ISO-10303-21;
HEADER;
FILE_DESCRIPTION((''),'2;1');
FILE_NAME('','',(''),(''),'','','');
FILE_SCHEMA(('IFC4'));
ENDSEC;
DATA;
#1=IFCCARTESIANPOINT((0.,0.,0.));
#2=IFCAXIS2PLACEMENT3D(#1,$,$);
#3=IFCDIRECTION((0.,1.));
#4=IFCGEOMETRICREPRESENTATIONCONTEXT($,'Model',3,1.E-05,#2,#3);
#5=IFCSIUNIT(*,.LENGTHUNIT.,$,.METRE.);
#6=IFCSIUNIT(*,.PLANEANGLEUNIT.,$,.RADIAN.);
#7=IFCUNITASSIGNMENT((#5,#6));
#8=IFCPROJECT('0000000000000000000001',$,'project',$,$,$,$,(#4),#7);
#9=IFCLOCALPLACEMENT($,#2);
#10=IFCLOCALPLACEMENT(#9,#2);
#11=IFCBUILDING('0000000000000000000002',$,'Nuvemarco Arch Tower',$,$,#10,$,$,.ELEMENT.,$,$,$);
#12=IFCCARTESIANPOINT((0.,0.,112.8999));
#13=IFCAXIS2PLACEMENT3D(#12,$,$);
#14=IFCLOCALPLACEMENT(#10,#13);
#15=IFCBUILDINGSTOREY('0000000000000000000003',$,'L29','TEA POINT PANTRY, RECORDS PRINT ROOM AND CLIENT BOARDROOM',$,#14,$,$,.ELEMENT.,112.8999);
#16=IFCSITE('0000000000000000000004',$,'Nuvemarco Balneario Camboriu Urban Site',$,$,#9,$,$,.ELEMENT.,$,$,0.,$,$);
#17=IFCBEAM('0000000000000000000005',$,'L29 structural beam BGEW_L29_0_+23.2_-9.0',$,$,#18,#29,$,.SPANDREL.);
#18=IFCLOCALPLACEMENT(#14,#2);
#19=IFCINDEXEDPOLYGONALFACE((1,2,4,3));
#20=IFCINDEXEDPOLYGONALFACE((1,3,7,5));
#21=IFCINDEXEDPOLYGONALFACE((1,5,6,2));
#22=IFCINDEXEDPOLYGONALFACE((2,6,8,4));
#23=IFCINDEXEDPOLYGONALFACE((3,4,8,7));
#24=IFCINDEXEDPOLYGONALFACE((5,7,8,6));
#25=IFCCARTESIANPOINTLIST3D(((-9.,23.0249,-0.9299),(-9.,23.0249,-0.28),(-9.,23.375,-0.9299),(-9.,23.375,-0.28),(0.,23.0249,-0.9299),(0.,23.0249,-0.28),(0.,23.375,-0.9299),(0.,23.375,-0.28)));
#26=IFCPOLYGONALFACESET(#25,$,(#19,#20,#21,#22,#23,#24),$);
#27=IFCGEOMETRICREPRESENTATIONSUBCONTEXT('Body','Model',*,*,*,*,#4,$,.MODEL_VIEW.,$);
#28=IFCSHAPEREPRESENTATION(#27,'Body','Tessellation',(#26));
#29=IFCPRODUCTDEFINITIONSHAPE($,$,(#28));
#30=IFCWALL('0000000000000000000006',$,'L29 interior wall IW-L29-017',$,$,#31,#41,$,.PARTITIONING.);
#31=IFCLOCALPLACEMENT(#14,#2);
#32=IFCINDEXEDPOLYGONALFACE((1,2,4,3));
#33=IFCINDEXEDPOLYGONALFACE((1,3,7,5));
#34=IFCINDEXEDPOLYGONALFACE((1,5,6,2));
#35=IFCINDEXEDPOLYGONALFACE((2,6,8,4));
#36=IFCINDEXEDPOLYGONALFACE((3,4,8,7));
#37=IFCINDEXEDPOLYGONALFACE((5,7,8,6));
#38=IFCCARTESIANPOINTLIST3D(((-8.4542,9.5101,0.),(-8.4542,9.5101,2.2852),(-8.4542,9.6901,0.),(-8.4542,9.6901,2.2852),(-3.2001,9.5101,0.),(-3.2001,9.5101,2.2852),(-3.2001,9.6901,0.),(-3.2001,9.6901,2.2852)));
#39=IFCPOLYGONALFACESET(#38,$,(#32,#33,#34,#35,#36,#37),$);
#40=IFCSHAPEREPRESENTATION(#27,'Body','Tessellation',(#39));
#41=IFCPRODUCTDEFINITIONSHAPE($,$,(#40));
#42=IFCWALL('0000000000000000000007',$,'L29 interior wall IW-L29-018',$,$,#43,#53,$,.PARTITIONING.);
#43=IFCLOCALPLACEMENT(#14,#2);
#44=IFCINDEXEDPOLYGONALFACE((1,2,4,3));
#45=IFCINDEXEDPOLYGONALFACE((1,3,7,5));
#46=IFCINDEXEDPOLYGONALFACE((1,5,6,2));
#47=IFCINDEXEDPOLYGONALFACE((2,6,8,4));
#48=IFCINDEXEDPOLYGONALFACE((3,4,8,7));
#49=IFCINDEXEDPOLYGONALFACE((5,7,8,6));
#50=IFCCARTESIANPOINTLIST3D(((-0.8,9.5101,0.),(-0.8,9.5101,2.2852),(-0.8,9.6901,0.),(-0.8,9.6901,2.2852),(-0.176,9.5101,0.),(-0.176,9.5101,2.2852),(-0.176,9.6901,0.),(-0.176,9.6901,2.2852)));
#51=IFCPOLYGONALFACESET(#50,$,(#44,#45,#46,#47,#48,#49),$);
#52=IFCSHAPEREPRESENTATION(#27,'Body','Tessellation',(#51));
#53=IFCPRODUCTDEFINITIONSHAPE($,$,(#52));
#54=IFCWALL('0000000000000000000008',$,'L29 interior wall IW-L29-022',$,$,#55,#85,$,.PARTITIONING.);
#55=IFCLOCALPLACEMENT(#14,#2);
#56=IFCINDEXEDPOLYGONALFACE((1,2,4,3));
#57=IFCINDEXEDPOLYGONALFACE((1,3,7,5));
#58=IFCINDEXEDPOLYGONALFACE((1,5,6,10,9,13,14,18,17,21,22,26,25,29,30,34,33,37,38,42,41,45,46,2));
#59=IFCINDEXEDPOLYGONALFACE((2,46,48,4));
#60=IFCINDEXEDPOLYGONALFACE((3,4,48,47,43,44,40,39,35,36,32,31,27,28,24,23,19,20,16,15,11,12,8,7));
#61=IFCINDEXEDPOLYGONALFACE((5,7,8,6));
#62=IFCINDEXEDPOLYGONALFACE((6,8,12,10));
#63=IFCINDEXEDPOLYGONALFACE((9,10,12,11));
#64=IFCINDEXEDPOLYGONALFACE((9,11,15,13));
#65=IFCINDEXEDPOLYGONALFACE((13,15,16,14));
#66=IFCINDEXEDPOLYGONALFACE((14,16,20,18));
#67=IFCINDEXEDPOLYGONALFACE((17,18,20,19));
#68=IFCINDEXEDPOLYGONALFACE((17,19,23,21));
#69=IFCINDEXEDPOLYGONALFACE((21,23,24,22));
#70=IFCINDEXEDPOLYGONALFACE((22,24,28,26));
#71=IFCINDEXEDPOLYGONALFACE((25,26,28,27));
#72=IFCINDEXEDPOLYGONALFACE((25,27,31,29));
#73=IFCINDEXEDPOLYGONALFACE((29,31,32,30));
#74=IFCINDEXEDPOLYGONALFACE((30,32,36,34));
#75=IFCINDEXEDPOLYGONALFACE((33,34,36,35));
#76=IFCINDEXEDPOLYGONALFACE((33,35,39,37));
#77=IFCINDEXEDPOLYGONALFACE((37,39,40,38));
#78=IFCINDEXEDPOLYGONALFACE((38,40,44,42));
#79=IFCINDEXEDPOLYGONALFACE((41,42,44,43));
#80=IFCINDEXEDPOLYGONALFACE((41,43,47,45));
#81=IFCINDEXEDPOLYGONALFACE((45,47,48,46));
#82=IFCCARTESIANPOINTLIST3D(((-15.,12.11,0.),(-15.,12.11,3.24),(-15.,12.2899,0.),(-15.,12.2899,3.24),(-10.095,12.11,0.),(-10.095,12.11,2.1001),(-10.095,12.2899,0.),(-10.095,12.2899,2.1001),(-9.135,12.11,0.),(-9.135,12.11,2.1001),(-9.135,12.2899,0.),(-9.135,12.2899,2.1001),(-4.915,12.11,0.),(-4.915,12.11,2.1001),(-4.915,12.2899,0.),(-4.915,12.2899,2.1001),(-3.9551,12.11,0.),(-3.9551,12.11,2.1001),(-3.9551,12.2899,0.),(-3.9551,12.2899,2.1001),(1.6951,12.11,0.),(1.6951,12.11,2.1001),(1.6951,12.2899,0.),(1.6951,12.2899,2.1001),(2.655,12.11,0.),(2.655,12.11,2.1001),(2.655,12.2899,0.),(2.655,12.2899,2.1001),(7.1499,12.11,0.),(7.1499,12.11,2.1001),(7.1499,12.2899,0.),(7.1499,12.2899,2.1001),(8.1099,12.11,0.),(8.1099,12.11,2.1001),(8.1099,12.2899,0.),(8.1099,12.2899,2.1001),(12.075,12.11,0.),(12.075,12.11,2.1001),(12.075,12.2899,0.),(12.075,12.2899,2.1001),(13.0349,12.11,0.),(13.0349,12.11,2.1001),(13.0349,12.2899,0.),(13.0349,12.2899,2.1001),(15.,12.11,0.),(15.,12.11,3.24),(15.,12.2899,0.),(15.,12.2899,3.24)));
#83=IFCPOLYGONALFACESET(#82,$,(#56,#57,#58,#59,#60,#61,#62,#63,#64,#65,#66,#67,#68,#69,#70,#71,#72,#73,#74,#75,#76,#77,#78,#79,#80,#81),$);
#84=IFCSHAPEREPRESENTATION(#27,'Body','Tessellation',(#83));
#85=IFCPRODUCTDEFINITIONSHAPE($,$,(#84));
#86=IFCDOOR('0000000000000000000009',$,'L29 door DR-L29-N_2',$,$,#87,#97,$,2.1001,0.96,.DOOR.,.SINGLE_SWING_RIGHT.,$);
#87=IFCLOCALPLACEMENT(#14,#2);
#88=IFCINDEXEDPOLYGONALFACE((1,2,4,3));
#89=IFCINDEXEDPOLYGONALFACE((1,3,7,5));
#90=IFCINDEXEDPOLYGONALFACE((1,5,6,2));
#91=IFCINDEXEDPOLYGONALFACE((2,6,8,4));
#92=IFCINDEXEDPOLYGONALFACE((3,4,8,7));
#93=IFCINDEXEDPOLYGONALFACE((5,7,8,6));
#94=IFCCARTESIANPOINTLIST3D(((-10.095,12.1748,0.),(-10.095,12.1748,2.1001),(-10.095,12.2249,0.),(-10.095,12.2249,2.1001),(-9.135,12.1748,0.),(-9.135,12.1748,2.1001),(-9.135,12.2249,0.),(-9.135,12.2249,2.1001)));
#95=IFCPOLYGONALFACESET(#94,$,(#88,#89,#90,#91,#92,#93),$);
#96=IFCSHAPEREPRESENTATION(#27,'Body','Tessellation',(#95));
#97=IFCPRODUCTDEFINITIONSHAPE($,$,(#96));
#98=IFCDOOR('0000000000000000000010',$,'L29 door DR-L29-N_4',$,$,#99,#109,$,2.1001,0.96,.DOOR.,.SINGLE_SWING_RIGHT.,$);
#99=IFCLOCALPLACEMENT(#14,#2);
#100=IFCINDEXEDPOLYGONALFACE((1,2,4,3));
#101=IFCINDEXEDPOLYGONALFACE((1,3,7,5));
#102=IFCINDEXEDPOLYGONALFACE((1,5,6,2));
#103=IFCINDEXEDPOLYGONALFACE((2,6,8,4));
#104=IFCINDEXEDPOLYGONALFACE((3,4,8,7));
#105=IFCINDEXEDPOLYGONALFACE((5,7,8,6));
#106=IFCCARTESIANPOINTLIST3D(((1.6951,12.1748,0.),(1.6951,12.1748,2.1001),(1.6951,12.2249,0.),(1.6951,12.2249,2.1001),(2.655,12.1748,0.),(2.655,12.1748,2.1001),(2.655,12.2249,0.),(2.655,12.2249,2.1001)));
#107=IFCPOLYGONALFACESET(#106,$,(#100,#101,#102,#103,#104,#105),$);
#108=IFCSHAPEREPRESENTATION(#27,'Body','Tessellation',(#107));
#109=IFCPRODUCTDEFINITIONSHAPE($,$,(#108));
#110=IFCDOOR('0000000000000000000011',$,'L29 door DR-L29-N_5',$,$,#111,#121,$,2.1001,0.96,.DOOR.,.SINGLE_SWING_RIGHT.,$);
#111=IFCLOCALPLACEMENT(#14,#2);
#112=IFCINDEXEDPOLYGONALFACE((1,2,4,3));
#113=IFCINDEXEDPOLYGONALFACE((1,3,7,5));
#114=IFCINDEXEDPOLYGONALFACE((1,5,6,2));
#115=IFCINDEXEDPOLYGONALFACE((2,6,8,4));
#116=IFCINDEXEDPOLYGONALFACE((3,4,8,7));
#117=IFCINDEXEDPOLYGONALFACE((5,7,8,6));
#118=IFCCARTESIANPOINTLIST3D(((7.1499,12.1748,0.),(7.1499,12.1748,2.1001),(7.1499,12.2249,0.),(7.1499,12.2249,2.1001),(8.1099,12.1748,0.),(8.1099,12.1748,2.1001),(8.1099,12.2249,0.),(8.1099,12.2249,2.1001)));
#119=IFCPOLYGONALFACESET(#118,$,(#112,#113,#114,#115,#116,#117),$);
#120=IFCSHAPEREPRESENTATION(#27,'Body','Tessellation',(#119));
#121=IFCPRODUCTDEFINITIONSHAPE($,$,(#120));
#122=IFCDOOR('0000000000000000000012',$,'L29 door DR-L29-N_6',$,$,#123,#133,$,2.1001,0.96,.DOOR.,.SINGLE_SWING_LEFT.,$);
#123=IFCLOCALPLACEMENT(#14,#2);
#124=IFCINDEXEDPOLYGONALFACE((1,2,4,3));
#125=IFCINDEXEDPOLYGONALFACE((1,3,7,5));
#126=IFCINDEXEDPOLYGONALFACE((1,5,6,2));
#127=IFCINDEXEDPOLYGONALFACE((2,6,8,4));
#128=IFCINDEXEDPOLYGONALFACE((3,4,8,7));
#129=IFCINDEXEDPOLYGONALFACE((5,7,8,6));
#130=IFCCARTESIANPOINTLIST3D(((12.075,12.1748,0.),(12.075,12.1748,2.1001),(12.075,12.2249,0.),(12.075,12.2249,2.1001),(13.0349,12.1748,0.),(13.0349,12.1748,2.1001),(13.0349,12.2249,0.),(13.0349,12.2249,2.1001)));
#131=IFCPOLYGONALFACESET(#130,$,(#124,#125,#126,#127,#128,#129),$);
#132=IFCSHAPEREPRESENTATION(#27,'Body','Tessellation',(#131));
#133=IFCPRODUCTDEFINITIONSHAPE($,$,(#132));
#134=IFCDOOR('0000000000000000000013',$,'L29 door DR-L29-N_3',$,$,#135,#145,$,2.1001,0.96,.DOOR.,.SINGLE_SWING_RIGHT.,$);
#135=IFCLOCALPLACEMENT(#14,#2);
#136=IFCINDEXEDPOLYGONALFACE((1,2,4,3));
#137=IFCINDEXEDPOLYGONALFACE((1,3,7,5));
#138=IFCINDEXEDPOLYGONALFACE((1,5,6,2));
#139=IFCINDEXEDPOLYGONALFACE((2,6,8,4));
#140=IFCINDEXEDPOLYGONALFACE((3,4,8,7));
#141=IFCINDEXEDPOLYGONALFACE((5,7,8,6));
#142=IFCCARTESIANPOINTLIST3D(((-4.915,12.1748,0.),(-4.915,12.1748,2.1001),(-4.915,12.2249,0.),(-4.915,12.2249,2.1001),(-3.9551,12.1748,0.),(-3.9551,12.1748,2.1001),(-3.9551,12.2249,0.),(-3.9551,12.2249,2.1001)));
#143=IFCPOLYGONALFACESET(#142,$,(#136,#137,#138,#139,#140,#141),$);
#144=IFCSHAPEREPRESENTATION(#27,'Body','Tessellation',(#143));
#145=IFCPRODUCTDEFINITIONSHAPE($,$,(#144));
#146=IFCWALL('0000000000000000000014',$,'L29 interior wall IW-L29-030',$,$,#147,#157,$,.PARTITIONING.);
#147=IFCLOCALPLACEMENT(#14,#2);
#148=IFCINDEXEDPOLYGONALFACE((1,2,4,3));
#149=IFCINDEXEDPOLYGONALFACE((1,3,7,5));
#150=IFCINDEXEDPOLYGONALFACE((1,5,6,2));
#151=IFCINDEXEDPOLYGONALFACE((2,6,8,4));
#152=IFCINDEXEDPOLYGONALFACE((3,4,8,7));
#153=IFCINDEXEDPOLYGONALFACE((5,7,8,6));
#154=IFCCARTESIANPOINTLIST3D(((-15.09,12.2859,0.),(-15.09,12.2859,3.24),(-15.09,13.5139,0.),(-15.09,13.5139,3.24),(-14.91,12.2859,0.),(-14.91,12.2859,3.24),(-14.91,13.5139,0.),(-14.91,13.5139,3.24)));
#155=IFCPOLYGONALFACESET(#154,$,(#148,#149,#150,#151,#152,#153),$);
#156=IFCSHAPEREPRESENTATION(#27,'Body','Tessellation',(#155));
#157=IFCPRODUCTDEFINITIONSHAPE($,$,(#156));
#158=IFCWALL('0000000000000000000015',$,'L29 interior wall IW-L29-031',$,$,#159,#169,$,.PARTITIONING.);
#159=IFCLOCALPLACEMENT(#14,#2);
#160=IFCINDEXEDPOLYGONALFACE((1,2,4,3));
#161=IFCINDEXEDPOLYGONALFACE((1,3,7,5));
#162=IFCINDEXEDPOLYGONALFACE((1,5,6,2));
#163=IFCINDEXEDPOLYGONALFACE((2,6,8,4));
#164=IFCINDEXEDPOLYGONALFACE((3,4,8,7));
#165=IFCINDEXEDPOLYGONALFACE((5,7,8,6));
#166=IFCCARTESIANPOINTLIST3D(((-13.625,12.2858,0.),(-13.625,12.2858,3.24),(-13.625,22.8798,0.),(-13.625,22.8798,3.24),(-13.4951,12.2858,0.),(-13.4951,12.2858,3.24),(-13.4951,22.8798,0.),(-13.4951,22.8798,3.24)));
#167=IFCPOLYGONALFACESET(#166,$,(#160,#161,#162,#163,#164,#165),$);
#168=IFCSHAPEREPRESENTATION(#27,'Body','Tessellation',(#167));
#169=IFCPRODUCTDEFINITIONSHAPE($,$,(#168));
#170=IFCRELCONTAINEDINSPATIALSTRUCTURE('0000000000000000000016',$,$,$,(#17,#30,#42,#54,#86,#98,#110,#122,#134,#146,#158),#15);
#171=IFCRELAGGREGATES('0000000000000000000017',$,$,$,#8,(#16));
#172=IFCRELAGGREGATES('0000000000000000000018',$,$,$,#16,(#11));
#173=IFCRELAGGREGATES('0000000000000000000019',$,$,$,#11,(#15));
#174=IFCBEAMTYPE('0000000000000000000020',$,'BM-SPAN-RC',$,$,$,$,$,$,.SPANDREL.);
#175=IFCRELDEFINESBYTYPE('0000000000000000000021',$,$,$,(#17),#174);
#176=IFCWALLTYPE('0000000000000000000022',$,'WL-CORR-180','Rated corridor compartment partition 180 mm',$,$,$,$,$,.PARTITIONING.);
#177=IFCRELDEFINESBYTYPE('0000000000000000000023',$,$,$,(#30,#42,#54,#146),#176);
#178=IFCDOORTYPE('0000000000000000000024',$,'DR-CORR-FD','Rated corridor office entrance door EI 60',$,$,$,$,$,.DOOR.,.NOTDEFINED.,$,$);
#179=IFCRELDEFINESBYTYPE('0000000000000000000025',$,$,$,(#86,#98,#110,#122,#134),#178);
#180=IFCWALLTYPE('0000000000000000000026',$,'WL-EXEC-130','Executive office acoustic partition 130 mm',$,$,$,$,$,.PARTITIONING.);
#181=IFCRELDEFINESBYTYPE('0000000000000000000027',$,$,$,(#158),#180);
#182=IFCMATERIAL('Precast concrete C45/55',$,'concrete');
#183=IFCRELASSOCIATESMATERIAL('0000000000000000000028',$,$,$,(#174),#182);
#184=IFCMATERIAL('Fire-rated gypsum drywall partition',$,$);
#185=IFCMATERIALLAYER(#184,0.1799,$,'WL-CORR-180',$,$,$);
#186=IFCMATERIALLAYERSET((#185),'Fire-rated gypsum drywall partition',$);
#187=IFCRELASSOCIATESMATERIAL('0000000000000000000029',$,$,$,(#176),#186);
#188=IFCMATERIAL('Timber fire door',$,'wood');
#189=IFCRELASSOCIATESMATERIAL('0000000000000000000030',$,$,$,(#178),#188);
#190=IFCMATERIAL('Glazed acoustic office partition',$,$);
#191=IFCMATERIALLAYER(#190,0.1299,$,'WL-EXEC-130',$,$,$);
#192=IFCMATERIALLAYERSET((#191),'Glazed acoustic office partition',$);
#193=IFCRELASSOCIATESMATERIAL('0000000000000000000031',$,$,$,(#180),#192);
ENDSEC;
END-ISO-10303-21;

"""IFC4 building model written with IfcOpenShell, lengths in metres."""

from ifc_helpers import new_model, si_unit, direction, frame, frame_2d, origin, origin_2d, place, context, subcontext, project, spatial, rectangle, extrude, source, transform, mapped, material, layer, layer_set, material_profile, profile_set, type_object, type_shapes, element, fill, save


model = new_model("IFC4")

# Units and contexts
model_context = context("Model", 3, precision=1e-05, world=origin(), true_north=direction((0.0, 1.0)))
body_context = subcontext(model_context, "Body", "Model", "MODEL_VIEW")
ifc_project = project(units=[si_unit("LENGTHUNIT", "METRE"), si_unit("PLANEANGLEUNIT", "RADIAN")], contexts=[model_context])

# Site, building, storey
site_placement = place(None, origin())
site = spatial("IfcSite", under=ifc_project, at=site_placement, Name="Nuvemarco Balneario Camboriu Urban Site", CompositionType="ELEMENT", RefElevation=0.0)
building_placement = place(site_placement, origin())
building = spatial("IfcBuilding", under=site, at=building_placement, Name="Nuvemarco Arch Tower", CompositionType="ELEMENT")
storey_placement = place(building_placement, frame((0.0, 0.0, 112.8999)))
storey = spatial("IfcBuildingStorey", under=building, at=storey_placement, Name="L29", Description="TEA POINT PANTRY, RECORDS PRINT ROOM AND CLIENT BOARDROOM", CompositionType="ELEMENT", Elevation=112.8999)

# Beam
ifc_material_1 = material(Name="Precast concrete C45/55", Category="concrete")
ifc_material_profile_1 = material_profile(ifc_material_1, rectangle(XDim=0.3501, YDim=0.6499, at=origin_2d()), Name="PC-SP-350x650")
ifc_profile_set_1 = profile_set([ifc_material_profile_1], Name="Precast concrete C45/55")
beam_type_1 = type_object("IfcBeamType", Name="BM-SPAN-RC", PredefinedType="SPANDREL", material=ifc_profile_set_1)
beam_1_placement = place(storey_placement, frame((-9.0, 23.2, -0.605), z_axis=(1.0, 0.0, 0.0), x_axis=(0.0, 1.0, 0.0)))
element("IfcBeam", 1, at=beam_1_placement, inside=storey, type_object=beam_type_1, Name="L29 structural beam BGEW_L29_0_+23.2_-9.0", PredefinedType="SPANDREL", context=body_context, shape_type="SweptSolid", body=[
    extrude(rectangle(XDim=0.3501, YDim=0.6499, at=origin_2d()), origin(), (0.0, 0.0, 1.0), 9.0),
])

# Walls
ifc_material_2 = material(Name="Fire-rated gypsum drywall partition")
ifc_layer_1 = layer(ifc_material_2, 0.1799, Name="WL-CORR-180")
ifc_layer_set_1 = layer_set([ifc_layer_1], Name="Fire-rated gypsum drywall partition")
wall_type_1 = type_object("IfcWallType", Name="WL-CORR-180", Description="Rated corridor compartment partition 180 mm", PredefinedType="PARTITIONING", material=ifc_layer_set_1)
wall_1_placement = place(storey_placement, frame((-8.4541, 9.6001, 0.0), z_axis=(0.0, 0.0, 1.0), x_axis=(1.0, 0.0, 0.0)))
element("IfcWall", 2, at=wall_1_placement, inside=storey, type_object=wall_type_1, Name="L29 interior wall IW-L29-017", PredefinedType="PARTITIONING", context=body_context, shape_type="SweptSolid", body=[
    extrude(rectangle(XDim=5.2542, YDim=0.1799, at=frame_2d((2.627, 0.0))), origin(), (0.0, 0.0, 1.0), 2.2852),
])
wall_2_placement = place(storey_placement, frame((-0.8, 9.6001, 0.0), z_axis=(0.0, 0.0, 1.0), x_axis=(1.0, 0.0, 0.0)))
element("IfcWall", 3, at=wall_2_placement, inside=storey, type_object=wall_type_1, Name="L29 interior wall IW-L29-018", PredefinedType="PARTITIONING", context=body_context, shape_type="SweptSolid", body=[
    extrude(rectangle(XDim=0.624, YDim=0.1799, at=frame_2d((0.312, 0.0))), origin(), (0.0, 0.0, 1.0), 2.2852),
])

# Wall, openings, doors
wall_3_placement = place(storey_placement, frame((-15.0, 12.2, 0.0), z_axis=(0.0, 0.0, 1.0), x_axis=(1.0, 0.0, 0.0)))
wall_3 = element("IfcWall", 4, at=wall_3_placement, inside=storey, type_object=wall_type_1, Name="L29 interior wall IW-L29-022", PredefinedType="PARTITIONING", context=body_context, shape_type="SweptSolid", body=[
    extrude(rectangle(XDim=30.0, YDim=0.1799, at=frame_2d((15.0, 0.0))), origin(), (0.0, 0.0, 1.0), 3.24),
])
opening_1_placement = place(wall_3_placement, frame((4.905, 0.0, 0.0)))
opening_1 = element("IfcOpeningElement", 5, at=opening_1_placement, cuts=wall_3, PredefinedType="OPENING", context=body_context, shape_type="SweptSolid", body=[
    extrude(rectangle(XDim=0.96, YDim=2.1001, at=frame_2d((0.48, 1.05))), frame((0.0, 0.0999, 0.0), z_axis=(0.0, -1.0, 0.0), x_axis=(1.0, 0.0, 0.0)), (0.0, 0.0, 1.0), 0.2),
])
opening_2_placement = place(wall_3_placement, frame((16.6951, 0.0, 0.0)))
opening_2 = element("IfcOpeningElement", 6, at=opening_2_placement, cuts=wall_3, PredefinedType="OPENING", context=body_context, shape_type="SweptSolid", body=[
    extrude(rectangle(XDim=0.96, YDim=2.1001, at=frame_2d((0.48, 1.05))), frame((0.0, 0.0999, 0.0), z_axis=(0.0, -1.0, 0.0), x_axis=(1.0, 0.0, 0.0)), (0.0, 0.0, 1.0), 0.2),
])
opening_3_placement = place(wall_3_placement, frame((22.1499, 0.0, 0.0)))
opening_3 = element("IfcOpeningElement", 7, at=opening_3_placement, cuts=wall_3, PredefinedType="OPENING", context=body_context, shape_type="SweptSolid", body=[
    extrude(rectangle(XDim=0.96, YDim=2.1001, at=frame_2d((0.48, 1.05))), frame((0.0, 0.0999, 0.0), z_axis=(0.0, -1.0, 0.0), x_axis=(1.0, 0.0, 0.0)), (0.0, 0.0, 1.0), 0.2),
])
opening_4_placement = place(wall_3_placement, frame((27.075, 0.0, 0.0)))
opening_4 = element("IfcOpeningElement", 8, at=opening_4_placement, cuts=wall_3, PredefinedType="OPENING", context=body_context, shape_type="SweptSolid", body=[
    extrude(rectangle(XDim=0.96, YDim=2.1001, at=frame_2d((0.48, 1.05))), frame((0.0, 0.0999, 0.0), z_axis=(0.0, -1.0, 0.0), x_axis=(1.0, 0.0, 0.0)), (0.0, 0.0, 1.0), 0.2),
])
opening_5_placement = place(wall_3_placement, frame((10.085, 0.0, 0.0)))
opening_5 = element("IfcOpeningElement", 9, at=opening_5_placement, cuts=wall_3, PredefinedType="OPENING", context=body_context, shape_type="SweptSolid", body=[
    extrude(rectangle(XDim=0.96, YDim=2.1001, at=frame_2d((0.48, 1.05))), frame((0.0, 0.0999, 0.0), z_axis=(0.0, -1.0, 0.0), x_axis=(1.0, 0.0, 0.0)), (0.0, 0.0, 1.0), 0.2),
])
ifc_material_3 = material(Name="Timber fire door", Category="wood")
door_type = type_object("IfcDoorType", Name="DR-CORR-FD", Description="Rated corridor office entrance door EI 60", OperationType="NOTDEFINED", PredefinedType="DOOR", material=ifc_material_3)
shared_shape_1 = source(origin(), body_context, "Body", "SweptSolid", [
    extrude(rectangle(XDim=0.96, YDim=2.1001, at=frame_2d((0.48, 1.05))), frame((0.0, 0.0249, 0.0), z_axis=(0.0, -1.0, 0.0), x_axis=(1.0, 0.0, 0.0)), (0.0, 0.0, 1.0), 0.05),
])
type_shapes(door_type, [shared_shape_1])
door_1_placement = place(opening_1_placement, origin())
door_1 = element("IfcDoor", 10, at=door_1_placement, inside=storey, type_object=door_type, Name="L29 door DR-L29-N_2", OperationType="SINGLE_SWING_RIGHT", OverallHeight=2.1001, OverallWidth=0.96, PredefinedType="DOOR", context=body_context, shape_type="MappedRepresentation", body=[
    mapped(shared_shape_1, transform((0.0, 0.0, 0.0), scale=1.0)),
])
fill(opening_1, door_1)
door_2_placement = place(opening_2_placement, origin())
door_2 = element("IfcDoor", 11, at=door_2_placement, inside=storey, type_object=door_type, Name="L29 door DR-L29-N_4", OperationType="SINGLE_SWING_RIGHT", OverallHeight=2.1001, OverallWidth=0.96, PredefinedType="DOOR", context=body_context, shape_type="MappedRepresentation", body=[
    mapped(shared_shape_1, transform((0.0, 0.0, 0.0), scale=1.0)),
])
fill(opening_2, door_2)
door_3_placement = place(opening_3_placement, origin())
door_3 = element("IfcDoor", 12, at=door_3_placement, inside=storey, type_object=door_type, Name="L29 door DR-L29-N_5", OperationType="SINGLE_SWING_RIGHT", OverallHeight=2.1001, OverallWidth=0.96, PredefinedType="DOOR", context=body_context, shape_type="MappedRepresentation", body=[
    mapped(shared_shape_1, transform((0.0, 0.0, 0.0), scale=1.0)),
])
fill(opening_3, door_3)
door_4_placement = place(opening_4_placement, origin())
door_4 = element("IfcDoor", 13, at=door_4_placement, inside=storey, type_object=door_type, Name="L29 door DR-L29-N_6", OperationType="SINGLE_SWING_LEFT", OverallHeight=2.1001, OverallWidth=0.96, PredefinedType="DOOR", context=body_context, shape_type="MappedRepresentation", body=[
    mapped(shared_shape_1, transform((0.0, 0.0, 0.0), scale=1.0)),
])
fill(opening_4, door_4)
door_5_placement = place(opening_5_placement, origin())
door_5 = element("IfcDoor", 14, at=door_5_placement, inside=storey, type_object=door_type, Name="L29 door DR-L29-N_3", OperationType="SINGLE_SWING_RIGHT", OverallHeight=2.1001, OverallWidth=0.96, PredefinedType="DOOR", context=body_context, shape_type="MappedRepresentation", body=[
    mapped(shared_shape_1, transform((0.0, 0.0, 0.0), scale=1.0)),
])
fill(opening_5, door_5)

# Walls
wall_4_placement = place(storey_placement, frame((-15.0, 12.2859, 0.0), z_axis=(0.0, 0.0, 1.0), x_axis=(0.0, 1.0, 0.0)))
element("IfcWall", 15, at=wall_4_placement, inside=storey, type_object=wall_type_1, Name="L29 interior wall IW-L29-030", PredefinedType="PARTITIONING", context=body_context, shape_type="SweptSolid", body=[
    extrude(rectangle(XDim=1.228, YDim=0.1799, at=frame_2d((0.614, 0.0))), origin(), (0.0, 0.0, 1.0), 3.24),
])
ifc_material_4 = material(Name="Glazed acoustic office partition")
ifc_layer_2 = layer(ifc_material_4, 0.1299, Name="WL-EXEC-130")
ifc_layer_set_2 = layer_set([ifc_layer_2], Name="Glazed acoustic office partition")
wall_type_2 = type_object("IfcWallType", Name="WL-EXEC-130", Description="Executive office acoustic partition 130 mm", PredefinedType="PARTITIONING", material=ifc_layer_set_2)
for number, where, z_axis, x_axis, name in (
    (16, (-13.5601, 12.2859, 0.0), (0.0, 0.0, 1.0), (0.0, 1.0, 0.0), "L29 interior wall IW-L29-031"),
):
    element("IfcWall", number, at=place(storey_placement, frame(where, z_axis=z_axis, x_axis=x_axis)), inside=storey, type_object=wall_type_2, Name=name, PredefinedType="PARTITIONING", context=body_context, shape_type="SweptSolid", body=[
        extrude(rectangle(XDim=10.594, YDim=0.1299, at=frame_2d((5.2969, 0.0))), origin(), (0.0, 0.0, 1.0), 3.24),
    ])

save(model, "model.ifc")
